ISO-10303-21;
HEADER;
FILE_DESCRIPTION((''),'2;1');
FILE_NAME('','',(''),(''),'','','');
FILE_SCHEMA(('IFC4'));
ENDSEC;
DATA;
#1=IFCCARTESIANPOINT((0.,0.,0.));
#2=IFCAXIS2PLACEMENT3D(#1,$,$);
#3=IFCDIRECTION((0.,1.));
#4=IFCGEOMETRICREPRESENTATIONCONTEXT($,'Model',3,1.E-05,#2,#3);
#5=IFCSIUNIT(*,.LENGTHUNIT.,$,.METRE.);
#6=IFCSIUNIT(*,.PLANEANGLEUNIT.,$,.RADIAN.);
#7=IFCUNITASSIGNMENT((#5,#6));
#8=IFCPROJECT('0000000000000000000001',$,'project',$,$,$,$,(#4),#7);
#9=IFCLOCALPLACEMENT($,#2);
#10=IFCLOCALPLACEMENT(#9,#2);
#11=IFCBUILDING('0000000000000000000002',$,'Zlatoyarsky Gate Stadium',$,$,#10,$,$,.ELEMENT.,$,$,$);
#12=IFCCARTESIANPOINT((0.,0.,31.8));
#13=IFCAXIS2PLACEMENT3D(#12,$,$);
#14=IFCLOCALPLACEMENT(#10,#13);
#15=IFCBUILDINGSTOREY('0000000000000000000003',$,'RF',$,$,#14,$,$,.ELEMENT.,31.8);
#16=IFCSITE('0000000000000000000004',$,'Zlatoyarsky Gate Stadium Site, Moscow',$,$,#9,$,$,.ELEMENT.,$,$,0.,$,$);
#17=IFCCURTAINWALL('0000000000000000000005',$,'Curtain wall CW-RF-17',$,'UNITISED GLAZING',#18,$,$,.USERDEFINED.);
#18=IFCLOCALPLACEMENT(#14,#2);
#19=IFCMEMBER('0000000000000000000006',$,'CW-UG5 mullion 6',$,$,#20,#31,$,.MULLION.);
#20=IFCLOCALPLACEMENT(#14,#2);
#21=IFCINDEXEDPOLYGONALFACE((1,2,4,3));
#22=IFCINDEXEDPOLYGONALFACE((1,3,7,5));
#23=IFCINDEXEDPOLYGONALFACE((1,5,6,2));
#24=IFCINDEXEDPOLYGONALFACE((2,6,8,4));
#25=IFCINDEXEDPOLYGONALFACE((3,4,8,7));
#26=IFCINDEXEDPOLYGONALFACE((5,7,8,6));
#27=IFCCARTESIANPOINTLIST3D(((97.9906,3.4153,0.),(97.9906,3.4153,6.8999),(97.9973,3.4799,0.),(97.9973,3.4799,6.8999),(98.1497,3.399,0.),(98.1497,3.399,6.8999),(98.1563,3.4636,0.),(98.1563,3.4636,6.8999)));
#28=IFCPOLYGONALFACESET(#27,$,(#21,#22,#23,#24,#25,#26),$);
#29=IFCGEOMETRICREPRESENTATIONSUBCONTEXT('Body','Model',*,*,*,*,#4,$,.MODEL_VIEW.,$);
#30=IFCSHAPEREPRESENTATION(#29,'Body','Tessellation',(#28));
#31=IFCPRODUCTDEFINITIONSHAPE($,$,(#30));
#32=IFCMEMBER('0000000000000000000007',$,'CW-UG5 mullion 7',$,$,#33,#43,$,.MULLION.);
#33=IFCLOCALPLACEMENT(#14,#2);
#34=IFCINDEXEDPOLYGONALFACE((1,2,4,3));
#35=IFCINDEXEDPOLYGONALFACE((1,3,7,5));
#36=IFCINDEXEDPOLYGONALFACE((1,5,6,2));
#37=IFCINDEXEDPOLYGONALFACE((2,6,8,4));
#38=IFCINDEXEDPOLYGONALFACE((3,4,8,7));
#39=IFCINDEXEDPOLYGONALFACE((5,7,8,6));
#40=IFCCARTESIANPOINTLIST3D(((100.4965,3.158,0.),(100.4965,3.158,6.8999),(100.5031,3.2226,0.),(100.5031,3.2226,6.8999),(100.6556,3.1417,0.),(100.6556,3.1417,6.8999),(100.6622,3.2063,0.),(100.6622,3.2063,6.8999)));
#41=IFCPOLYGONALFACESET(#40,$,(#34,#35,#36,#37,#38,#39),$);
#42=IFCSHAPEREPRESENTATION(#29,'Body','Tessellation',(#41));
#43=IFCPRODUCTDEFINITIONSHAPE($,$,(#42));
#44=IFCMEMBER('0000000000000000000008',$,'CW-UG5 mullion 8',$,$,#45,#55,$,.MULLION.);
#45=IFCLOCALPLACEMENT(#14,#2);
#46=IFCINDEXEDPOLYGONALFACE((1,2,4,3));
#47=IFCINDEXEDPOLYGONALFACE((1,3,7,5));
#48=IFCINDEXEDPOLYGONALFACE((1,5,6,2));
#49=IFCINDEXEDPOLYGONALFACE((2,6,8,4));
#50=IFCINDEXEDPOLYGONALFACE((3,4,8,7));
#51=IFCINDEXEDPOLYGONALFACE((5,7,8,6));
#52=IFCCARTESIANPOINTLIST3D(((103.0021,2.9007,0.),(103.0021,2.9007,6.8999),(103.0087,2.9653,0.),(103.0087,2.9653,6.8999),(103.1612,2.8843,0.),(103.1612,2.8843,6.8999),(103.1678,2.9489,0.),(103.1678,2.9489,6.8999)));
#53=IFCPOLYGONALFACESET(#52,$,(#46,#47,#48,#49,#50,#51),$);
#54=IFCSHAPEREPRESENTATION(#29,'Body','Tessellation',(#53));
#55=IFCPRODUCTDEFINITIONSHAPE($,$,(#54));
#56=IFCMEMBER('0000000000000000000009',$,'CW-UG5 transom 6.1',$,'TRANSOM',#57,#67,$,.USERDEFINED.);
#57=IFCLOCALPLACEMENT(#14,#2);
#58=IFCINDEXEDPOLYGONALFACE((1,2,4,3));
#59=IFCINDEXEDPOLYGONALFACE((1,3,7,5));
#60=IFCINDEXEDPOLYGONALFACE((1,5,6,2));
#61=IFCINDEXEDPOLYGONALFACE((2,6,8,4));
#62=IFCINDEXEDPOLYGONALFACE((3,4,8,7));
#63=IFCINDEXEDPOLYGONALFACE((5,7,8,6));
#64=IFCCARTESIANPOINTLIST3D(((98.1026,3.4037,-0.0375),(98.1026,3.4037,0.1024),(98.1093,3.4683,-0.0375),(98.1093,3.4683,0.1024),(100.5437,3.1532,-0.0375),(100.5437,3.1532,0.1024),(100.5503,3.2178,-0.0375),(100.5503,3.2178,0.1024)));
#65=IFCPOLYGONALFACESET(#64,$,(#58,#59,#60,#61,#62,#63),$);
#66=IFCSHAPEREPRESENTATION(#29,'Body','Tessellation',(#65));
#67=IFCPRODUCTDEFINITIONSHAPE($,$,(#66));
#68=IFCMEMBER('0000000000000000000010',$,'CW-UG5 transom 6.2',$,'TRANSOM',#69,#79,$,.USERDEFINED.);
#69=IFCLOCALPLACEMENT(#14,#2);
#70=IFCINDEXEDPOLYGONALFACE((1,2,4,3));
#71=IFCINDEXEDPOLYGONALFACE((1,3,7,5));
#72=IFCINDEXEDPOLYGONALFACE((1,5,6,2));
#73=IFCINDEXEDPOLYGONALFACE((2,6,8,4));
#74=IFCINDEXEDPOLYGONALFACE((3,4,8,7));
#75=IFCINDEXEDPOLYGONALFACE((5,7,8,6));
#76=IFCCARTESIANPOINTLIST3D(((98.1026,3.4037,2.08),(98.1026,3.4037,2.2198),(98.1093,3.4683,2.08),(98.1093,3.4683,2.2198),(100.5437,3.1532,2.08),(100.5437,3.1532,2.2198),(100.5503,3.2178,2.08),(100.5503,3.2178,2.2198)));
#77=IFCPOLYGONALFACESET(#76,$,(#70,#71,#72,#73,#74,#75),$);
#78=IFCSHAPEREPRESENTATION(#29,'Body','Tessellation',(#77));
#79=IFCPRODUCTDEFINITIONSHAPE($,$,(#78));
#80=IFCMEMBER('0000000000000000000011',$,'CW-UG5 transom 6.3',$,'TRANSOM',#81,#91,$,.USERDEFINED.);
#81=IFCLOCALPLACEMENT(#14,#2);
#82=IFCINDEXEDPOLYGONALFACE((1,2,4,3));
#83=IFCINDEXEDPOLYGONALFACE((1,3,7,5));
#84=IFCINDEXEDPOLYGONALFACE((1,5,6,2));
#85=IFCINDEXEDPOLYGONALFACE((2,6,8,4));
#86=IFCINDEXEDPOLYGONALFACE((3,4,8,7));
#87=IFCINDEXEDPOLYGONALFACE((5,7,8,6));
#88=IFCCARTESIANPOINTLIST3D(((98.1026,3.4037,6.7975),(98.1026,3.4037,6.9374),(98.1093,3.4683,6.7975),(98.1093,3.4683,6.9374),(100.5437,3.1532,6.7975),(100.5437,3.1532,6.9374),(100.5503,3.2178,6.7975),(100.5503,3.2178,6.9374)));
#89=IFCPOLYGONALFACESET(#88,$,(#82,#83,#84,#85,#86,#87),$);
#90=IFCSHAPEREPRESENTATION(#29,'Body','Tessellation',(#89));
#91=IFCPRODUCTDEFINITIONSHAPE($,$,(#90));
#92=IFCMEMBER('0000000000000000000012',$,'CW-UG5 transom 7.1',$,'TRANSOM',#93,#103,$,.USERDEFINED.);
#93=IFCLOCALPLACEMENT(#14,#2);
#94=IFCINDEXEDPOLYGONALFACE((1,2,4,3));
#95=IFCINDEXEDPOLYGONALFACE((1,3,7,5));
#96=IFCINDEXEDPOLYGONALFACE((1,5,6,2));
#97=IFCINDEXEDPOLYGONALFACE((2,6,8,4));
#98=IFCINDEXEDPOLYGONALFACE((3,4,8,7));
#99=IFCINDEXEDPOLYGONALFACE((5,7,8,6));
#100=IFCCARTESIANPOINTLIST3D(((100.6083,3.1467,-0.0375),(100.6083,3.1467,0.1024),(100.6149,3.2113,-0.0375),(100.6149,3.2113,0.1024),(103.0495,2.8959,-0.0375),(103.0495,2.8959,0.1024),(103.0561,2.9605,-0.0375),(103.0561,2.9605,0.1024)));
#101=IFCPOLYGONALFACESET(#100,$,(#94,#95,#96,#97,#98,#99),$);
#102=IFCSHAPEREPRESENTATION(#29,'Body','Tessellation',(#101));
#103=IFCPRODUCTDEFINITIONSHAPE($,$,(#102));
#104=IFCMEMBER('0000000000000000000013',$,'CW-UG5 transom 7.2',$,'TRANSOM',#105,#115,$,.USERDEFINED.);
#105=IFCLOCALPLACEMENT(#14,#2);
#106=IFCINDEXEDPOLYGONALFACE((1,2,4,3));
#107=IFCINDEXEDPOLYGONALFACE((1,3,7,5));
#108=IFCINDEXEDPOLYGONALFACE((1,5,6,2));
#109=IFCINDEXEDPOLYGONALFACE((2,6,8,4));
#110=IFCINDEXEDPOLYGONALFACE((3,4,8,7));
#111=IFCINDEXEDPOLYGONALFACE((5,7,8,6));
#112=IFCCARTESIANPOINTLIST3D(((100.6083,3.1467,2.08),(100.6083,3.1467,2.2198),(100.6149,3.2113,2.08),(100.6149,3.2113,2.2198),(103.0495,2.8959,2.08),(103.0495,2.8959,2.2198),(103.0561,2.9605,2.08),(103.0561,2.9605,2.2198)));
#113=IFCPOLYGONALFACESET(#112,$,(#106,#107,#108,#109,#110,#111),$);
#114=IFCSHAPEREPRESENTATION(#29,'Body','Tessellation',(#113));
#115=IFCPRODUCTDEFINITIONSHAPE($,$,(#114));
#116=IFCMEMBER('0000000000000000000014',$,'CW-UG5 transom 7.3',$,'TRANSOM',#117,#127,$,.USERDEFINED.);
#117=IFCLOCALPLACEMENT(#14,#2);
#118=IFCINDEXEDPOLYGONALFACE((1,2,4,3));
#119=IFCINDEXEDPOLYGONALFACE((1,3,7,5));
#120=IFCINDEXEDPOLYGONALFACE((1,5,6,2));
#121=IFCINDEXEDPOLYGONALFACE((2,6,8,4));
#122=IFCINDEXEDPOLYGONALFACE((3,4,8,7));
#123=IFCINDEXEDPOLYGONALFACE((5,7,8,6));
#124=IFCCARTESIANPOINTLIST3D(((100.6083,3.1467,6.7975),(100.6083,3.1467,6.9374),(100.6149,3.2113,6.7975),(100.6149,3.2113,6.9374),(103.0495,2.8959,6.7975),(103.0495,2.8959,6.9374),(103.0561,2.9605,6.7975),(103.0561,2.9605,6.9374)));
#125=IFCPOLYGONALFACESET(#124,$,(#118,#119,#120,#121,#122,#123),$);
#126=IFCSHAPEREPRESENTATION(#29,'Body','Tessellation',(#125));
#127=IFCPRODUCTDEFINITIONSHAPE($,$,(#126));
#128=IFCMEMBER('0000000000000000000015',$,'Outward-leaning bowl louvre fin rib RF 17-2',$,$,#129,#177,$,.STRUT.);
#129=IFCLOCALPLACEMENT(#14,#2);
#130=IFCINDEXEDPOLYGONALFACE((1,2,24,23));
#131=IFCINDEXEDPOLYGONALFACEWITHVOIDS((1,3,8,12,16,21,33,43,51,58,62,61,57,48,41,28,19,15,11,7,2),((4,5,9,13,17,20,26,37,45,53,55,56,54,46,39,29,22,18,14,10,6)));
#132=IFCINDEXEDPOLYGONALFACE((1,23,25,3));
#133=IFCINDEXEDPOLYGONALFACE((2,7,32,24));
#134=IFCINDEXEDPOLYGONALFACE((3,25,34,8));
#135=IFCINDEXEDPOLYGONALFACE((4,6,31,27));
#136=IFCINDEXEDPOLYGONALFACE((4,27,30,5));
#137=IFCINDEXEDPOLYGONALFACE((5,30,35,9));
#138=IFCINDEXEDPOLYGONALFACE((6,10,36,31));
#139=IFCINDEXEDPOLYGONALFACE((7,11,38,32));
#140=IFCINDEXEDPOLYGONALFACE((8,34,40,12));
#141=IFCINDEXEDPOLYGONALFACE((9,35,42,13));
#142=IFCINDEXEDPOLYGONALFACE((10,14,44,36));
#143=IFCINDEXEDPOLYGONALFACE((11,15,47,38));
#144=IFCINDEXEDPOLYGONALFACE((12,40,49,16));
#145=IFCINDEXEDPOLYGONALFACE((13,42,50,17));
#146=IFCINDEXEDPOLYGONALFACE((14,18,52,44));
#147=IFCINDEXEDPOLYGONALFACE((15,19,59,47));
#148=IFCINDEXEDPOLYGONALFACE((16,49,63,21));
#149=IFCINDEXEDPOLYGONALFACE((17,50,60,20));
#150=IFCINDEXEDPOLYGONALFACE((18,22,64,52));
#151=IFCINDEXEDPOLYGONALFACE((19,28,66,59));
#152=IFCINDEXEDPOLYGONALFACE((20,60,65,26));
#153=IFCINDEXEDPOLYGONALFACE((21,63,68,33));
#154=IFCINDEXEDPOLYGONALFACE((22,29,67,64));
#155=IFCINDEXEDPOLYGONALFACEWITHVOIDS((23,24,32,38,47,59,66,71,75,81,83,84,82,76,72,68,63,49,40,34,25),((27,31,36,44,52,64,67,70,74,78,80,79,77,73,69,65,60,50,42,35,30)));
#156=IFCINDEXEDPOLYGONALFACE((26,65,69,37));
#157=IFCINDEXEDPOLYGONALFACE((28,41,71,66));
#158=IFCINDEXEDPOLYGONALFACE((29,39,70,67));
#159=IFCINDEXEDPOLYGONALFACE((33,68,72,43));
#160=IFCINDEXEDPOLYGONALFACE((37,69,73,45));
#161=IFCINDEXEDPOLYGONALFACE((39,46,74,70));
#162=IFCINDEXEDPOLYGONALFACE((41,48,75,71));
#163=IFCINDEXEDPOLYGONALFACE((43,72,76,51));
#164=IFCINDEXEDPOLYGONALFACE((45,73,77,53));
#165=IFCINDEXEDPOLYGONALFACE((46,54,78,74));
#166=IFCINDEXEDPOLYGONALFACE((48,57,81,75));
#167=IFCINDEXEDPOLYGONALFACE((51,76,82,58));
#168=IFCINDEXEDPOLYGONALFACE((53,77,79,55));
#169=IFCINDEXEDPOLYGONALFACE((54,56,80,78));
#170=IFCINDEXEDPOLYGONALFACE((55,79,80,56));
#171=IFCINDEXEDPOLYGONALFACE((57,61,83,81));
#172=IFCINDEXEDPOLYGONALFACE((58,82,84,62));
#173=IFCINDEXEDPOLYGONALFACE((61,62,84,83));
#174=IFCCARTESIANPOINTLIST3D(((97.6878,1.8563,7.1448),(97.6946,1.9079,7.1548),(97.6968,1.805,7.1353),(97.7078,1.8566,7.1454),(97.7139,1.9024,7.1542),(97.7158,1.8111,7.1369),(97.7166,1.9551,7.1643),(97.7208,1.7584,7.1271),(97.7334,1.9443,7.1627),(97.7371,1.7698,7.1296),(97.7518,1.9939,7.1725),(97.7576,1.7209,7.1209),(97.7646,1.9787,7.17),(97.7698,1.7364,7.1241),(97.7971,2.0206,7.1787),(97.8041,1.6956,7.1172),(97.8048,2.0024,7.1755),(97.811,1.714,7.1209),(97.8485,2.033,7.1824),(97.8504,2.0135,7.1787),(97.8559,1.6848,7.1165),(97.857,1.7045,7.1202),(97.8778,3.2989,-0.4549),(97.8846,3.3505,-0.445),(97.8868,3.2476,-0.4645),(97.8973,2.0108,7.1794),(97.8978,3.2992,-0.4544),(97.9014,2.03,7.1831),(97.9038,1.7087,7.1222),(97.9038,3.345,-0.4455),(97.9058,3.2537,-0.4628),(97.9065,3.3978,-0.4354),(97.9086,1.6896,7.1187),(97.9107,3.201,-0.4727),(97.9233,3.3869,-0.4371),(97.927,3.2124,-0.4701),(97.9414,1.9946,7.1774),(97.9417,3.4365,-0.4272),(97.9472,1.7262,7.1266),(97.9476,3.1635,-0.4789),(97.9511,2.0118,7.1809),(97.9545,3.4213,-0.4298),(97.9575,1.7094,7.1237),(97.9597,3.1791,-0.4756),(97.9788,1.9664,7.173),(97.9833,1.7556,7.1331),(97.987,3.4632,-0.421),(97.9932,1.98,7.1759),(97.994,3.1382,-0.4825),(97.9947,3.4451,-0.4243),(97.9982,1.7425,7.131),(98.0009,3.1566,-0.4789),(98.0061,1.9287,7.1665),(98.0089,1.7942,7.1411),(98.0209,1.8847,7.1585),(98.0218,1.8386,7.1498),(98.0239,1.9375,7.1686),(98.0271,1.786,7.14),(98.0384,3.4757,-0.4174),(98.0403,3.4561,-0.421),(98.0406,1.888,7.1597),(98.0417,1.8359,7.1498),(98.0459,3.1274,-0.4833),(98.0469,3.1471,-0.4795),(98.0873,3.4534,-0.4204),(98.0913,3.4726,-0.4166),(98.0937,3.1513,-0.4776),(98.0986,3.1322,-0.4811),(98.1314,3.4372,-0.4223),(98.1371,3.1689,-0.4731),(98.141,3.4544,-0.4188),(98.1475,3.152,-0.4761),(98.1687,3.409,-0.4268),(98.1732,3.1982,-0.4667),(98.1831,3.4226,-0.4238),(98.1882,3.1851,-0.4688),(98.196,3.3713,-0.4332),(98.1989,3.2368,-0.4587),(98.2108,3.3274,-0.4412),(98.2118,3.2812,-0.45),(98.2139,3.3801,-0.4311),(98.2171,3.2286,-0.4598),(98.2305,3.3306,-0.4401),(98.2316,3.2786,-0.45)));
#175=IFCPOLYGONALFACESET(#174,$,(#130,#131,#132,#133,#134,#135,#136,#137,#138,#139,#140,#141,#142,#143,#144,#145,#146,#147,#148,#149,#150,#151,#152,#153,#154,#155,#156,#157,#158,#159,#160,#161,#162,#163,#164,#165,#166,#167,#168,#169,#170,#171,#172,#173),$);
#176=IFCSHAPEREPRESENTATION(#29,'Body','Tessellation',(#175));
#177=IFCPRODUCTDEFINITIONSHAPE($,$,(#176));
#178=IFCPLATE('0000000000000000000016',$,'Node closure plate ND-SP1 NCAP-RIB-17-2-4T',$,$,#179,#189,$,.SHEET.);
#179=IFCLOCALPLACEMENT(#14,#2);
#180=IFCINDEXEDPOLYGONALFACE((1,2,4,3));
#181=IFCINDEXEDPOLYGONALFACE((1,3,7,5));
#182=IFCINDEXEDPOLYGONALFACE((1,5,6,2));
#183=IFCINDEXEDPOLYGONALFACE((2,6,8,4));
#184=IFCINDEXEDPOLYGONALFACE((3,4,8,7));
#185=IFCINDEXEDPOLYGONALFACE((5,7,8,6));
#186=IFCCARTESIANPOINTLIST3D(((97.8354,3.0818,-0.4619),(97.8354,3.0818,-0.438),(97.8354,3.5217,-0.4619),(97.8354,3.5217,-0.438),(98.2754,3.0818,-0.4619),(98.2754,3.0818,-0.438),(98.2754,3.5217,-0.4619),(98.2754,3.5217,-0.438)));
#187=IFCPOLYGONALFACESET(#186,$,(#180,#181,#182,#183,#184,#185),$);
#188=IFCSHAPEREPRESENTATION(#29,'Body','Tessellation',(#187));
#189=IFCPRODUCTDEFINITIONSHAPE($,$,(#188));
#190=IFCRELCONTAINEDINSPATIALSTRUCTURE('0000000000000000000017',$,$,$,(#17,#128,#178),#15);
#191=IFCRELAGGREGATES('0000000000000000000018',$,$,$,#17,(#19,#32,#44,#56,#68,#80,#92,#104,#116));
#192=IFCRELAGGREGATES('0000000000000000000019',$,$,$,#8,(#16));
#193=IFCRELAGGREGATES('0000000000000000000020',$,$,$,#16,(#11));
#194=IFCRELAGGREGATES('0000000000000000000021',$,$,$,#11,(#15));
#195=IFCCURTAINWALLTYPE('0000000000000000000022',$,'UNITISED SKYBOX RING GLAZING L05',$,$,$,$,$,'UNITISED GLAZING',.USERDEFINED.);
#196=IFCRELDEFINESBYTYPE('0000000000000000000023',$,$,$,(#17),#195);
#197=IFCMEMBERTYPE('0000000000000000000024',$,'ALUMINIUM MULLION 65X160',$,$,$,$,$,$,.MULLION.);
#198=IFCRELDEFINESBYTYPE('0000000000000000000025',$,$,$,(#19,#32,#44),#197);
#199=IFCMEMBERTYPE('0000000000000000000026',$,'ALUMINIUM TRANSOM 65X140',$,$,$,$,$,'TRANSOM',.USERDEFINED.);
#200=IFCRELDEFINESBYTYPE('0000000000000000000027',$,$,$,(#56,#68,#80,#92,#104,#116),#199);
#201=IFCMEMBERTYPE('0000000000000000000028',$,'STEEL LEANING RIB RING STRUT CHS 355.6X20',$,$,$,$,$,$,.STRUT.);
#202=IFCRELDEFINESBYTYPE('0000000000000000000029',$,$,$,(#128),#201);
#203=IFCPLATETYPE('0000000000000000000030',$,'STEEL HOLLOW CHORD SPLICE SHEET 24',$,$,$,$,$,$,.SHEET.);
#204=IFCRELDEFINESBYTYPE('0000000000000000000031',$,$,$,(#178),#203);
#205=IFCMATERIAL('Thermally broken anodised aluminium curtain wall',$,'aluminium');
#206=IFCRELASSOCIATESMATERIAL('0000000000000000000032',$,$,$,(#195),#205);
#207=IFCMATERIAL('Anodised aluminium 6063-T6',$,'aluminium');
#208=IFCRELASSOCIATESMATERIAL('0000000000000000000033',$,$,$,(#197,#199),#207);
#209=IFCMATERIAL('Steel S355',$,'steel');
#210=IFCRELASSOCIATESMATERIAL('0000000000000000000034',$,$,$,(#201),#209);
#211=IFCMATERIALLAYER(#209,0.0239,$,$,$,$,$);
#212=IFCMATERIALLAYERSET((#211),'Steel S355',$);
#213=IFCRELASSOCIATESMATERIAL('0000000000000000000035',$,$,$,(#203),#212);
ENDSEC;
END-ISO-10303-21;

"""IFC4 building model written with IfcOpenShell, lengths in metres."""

from ifc_helpers import new_model, si_unit, direction, frame, origin, origin_2d, place, context, subcontext, project, spatial, rectangle, hollow_circle, extrude, material, layer, layer_set, material_profile, profile_set, type_object, element, aggregate, save


model = new_model("IFC4")

# Units and contexts
model_context = context("Model", 3, precision=1e-05, world=origin(), true_north=direction((0.0, 1.0)))
body_context = subcontext(model_context, "Body", "Model", "MODEL_VIEW")
ifc_project = project(units=[si_unit("LENGTHUNIT", "METRE"), si_unit("PLANEANGLEUNIT", "RADIAN")], contexts=[model_context])

# Site, building, storey
site_placement = place(None, origin())
site = spatial("IfcSite", under=ifc_project, at=site_placement, Name="Zlatoyarsky Gate Stadium Site, Moscow", CompositionType="ELEMENT", RefElevation=0.0)
building_placement = place(site_placement, origin())
building = spatial("IfcBuilding", under=site, at=building_placement, Name="Zlatoyarsky Gate Stadium", CompositionType="ELEMENT")
storey_placement = place(building_placement, frame((0.0, 0.0, 31.8)))
storey = spatial("IfcBuildingStorey", under=building, at=storey_placement, Name="RF", CompositionType="ELEMENT", Elevation=31.8)

# Curtain wall, members
ifc_material_1 = material(Name="Thermally broken anodised aluminium curtain wall", Category="aluminium")
curtain_wall_type = type_object("IfcCurtainWallType", Name="UNITISED SKYBOX RING GLAZING L05", ElementType="UNITISED GLAZING", PredefinedType="USERDEFINED", material=ifc_material_1)
curtain_wall_placement = place(storey_placement, origin())
curtain_wall = element("IfcCurtainWall", 1, at=curtain_wall_placement, inside=storey, type_object=curtain_wall_type, Name="Curtain wall CW-RF-17", ObjectType="UNITISED GLAZING", PredefinedType="USERDEFINED")
ifc_material_2 = material(Name="Anodised aluminium 6063-T6", Category="aluminium")
ifc_material_profile_1 = material_profile(ifc_material_2, rectangle(XDim=0.0649, YDim=0.1599, at=origin_2d()), Name="ALU 65X160")
ifc_profile_set_1 = profile_set([ifc_material_profile_1], Name="Anodised aluminium 6063-T6")
member_type_1 = type_object("IfcMemberType", Name="ALUMINIUM MULLION 65X160", PredefinedType="MULLION", material=ifc_profile_set_1)
member_1_placement = place(storey_placement, frame((98.0735, 3.4395, 0.0), z_axis=(0.0, 0.0, 1.0), x_axis=(0.102125, 0.994772, 0.0)))
member_1 = element("IfcMember", 2, at=member_1_placement, type_object=member_type_1, Name="CW-UG5 mullion 6", PredefinedType="MULLION", context=body_context, shape_type="SweptSolid", body=[
    extrude(rectangle(XDim=0.0649, YDim=0.1599, at=origin_2d()), origin(), (0.0, 0.0, 1.0), 6.8999),
])
member_2_placement = place(storey_placement, frame((100.5793, 3.1821, 0.0), z_axis=(0.0, 0.0, 1.0), x_axis=(0.102125, 0.994772, 0.0)))
member_2 = element("IfcMember", 3, at=member_2_placement, type_object=member_type_1, Name="CW-UG5 mullion 7", PredefinedType="MULLION", context=body_context, shape_type="SweptSolid", body=[
    extrude(rectangle(XDim=0.0649, YDim=0.1599, at=origin_2d()), origin(), (0.0, 0.0, 1.0), 6.8999),
])
member_3_placement = place(storey_placement, frame((103.085, 2.9248, 0.0), z_axis=(0.0, 0.0, 1.0), x_axis=(0.102125, 0.994772, 0.0)))
member_3 = element("IfcMember", 4, at=member_3_placement, type_object=member_type_1, Name="CW-UG5 mullion 8", PredefinedType="MULLION", context=body_context, shape_type="SweptSolid", body=[
    extrude(rectangle(XDim=0.0649, YDim=0.1599, at=origin_2d()), origin(), (0.0, 0.0, 1.0), 6.8999),
])
ifc_material_profile_2 = material_profile(ifc_material_2, rectangle(XDim=0.0649, YDim=0.1399, at=origin_2d()), Name="ALU 65X140")
ifc_profile_set_2 = profile_set([ifc_material_profile_2], Name="Anodised aluminium 6063-T6")
member_type_2 = type_object("IfcMemberType", Name="ALUMINIUM TRANSOM 65X140", ElementType="TRANSOM", PredefinedType="USERDEFINED", material=ifc_profile_set_2)
member_4_placement = place(storey_placement, frame((98.106, 3.436, 0.0325), z_axis=(0.994776, -0.102084, 0.0), x_axis=(0.102084, 0.994776, 0.0)))
member_4 = element("IfcMember", 5, at=member_4_placement, type_object=member_type_2, Name="CW-UG5 transom 6.1", ObjectType="TRANSOM", PredefinedType="USERDEFINED", context=body_context, shape_type="SweptSolid", body=[
    extrude(rectangle(XDim=0.0649, YDim=0.1399, at=origin_2d()), origin(), (0.0, 0.0, 1.0), 2.4539),
])
member_5_placement = place(storey_placement, frame((98.106, 3.436, 2.1499), z_axis=(0.994776, -0.102084, 0.0), x_axis=(0.102084, 0.994776, 0.0)))
member_5 = element("IfcMember", 6, at=member_5_placement, type_object=member_type_2, Name="CW-UG5 transom 6.2", ObjectType="TRANSOM", PredefinedType="USERDEFINED", context=body_context, shape_type="SweptSolid", body=[
    extrude(rectangle(XDim=0.0649, YDim=0.1399, at=origin_2d()), origin(), (0.0, 0.0, 1.0), 2.4539),
])
member_6_placement = place(storey_placement, frame((98.106, 3.436, 6.8674), z_axis=(0.994776, -0.102084, 0.0), x_axis=(0.102084, 0.994776, 0.0)))
member_6 = element("IfcMember", 7, at=member_6_placement, type_object=member_type_2, Name="CW-UG5 transom 6.3", ObjectType="TRANSOM", PredefinedType="USERDEFINED", context=body_context, shape_type="SweptSolid", body=[
    extrude(rectangle(XDim=0.0649, YDim=0.1399, at=origin_2d()), origin(), (0.0, 0.0, 1.0), 2.4539),
])
member_7_placement = place(storey_placement, frame((100.6116, 3.179, 0.0325), z_axis=(0.994767, -0.102173, 0.0), x_axis=(0.102173, 0.994767, 0.0)))
member_7 = element("IfcMember", 8, at=member_7_placement, type_object=member_type_2, Name="CW-UG5 transom 7.1", ObjectType="TRANSOM", PredefinedType="USERDEFINED", context=body_context, shape_type="SweptSolid", body=[
    extrude(rectangle(XDim=0.0649, YDim=0.1399, at=origin_2d()), origin(), (0.0, 0.0, 1.0), 2.4541),
])
member_8_placement = place(storey_placement, frame((100.6116, 3.179, 2.1499), z_axis=(0.994767, -0.102173, 0.0), x_axis=(0.102173, 0.994767, 0.0)))
member_8 = element("IfcMember", 9, at=member_8_placement, type_object=member_type_2, Name="CW-UG5 transom 7.2", ObjectType="TRANSOM", PredefinedType="USERDEFINED", context=body_context, shape_type="SweptSolid", body=[
    extrude(rectangle(XDim=0.0649, YDim=0.1399, at=origin_2d()), origin(), (0.0, 0.0, 1.0), 2.4541),
])
member_9_placement = place(storey_placement, frame((100.6116, 3.179, 6.8674), z_axis=(0.994767, -0.102173, 0.0), x_axis=(0.102173, 0.994767, 0.0)))
member_9 = element("IfcMember", 10, at=member_9_placement, type_object=member_type_2, Name="CW-UG5 transom 7.3", ObjectType="TRANSOM", PredefinedType="USERDEFINED", context=body_context, shape_type="SweptSolid", body=[
    extrude(rectangle(XDim=0.0649, YDim=0.1399, at=origin_2d()), origin(), (0.0, 0.0, 1.0), 2.4541),
])

# Member
ifc_material_3 = material(Name="Steel S355", Category="steel")
ifc_material_profile_3 = material_profile(ifc_material_3, hollow_circle(Radius=0.1777, WallThickness=0.02, at=origin_2d()), Name="CHS 355.6X20")
ifc_profile_set_3 = profile_set([ifc_material_profile_3], Name="Steel S355")
member_type_3 = type_object("IfcMemberType", Name="STEEL LEANING RIB RING STRUT CHS 355.6X20", PredefinedType="STRUT", material=ifc_profile_set_3)
member_10_placement = place(storey_placement, frame((98.0554, 3.3018, -0.45), z_axis=(-0.024547, -0.186437, 0.98216), x_axis=(0.991443, -0.130537, 0.0)))
element("IfcMember", 11, at=member_10_placement, inside=storey, type_object=member_type_3, Name="Outward-leaning bowl louvre fin rib RF 17-2", PredefinedType="STRUT", context=body_context, shape_type="SweptSolid", body=[
    extrude(hollow_circle(Radius=0.1777, WallThickness=0.02, at=origin_2d()), origin(), (0.0, 0.0, 1.0), 7.7378),
])

# Plate
ifc_layer_1 = layer(ifc_material_3, 0.0239)
ifc_layer_set_1 = layer_set([ifc_layer_1], Name="Steel S355")
plate_type_1 = type_object("IfcPlateType", Name="STEEL HOLLOW CHORD SPLICE SHEET 24", PredefinedType="SHEET", material=ifc_layer_set_1)
for number, where, z_axis, x_axis, name in (
    (12, (98.0554, 3.3018, -0.4619), (0.0, 0.0, 1.0), (1.0, 0.0, 0.0), "Node closure plate ND-SP1 NCAP-RIB-17-2-4T"),
):
    element("IfcPlate", number, at=place(storey_placement, frame(where, z_axis=z_axis, x_axis=x_axis)), inside=storey, type_object=plate_type_1, Name=name, PredefinedType="SHEET", context=body_context, shape_type="SweptSolid", body=[
        extrude(rectangle(XDim=0.4399, YDim=0.4399, at=origin_2d()), origin(), (0.0, 0.0, 1.0), 0.0239),
    ])

aggregate(curtain_wall, [member_1, member_2, member_3, member_4, member_5, member_6, member_7, member_8, member_9])

save(model, "model.ifc")
